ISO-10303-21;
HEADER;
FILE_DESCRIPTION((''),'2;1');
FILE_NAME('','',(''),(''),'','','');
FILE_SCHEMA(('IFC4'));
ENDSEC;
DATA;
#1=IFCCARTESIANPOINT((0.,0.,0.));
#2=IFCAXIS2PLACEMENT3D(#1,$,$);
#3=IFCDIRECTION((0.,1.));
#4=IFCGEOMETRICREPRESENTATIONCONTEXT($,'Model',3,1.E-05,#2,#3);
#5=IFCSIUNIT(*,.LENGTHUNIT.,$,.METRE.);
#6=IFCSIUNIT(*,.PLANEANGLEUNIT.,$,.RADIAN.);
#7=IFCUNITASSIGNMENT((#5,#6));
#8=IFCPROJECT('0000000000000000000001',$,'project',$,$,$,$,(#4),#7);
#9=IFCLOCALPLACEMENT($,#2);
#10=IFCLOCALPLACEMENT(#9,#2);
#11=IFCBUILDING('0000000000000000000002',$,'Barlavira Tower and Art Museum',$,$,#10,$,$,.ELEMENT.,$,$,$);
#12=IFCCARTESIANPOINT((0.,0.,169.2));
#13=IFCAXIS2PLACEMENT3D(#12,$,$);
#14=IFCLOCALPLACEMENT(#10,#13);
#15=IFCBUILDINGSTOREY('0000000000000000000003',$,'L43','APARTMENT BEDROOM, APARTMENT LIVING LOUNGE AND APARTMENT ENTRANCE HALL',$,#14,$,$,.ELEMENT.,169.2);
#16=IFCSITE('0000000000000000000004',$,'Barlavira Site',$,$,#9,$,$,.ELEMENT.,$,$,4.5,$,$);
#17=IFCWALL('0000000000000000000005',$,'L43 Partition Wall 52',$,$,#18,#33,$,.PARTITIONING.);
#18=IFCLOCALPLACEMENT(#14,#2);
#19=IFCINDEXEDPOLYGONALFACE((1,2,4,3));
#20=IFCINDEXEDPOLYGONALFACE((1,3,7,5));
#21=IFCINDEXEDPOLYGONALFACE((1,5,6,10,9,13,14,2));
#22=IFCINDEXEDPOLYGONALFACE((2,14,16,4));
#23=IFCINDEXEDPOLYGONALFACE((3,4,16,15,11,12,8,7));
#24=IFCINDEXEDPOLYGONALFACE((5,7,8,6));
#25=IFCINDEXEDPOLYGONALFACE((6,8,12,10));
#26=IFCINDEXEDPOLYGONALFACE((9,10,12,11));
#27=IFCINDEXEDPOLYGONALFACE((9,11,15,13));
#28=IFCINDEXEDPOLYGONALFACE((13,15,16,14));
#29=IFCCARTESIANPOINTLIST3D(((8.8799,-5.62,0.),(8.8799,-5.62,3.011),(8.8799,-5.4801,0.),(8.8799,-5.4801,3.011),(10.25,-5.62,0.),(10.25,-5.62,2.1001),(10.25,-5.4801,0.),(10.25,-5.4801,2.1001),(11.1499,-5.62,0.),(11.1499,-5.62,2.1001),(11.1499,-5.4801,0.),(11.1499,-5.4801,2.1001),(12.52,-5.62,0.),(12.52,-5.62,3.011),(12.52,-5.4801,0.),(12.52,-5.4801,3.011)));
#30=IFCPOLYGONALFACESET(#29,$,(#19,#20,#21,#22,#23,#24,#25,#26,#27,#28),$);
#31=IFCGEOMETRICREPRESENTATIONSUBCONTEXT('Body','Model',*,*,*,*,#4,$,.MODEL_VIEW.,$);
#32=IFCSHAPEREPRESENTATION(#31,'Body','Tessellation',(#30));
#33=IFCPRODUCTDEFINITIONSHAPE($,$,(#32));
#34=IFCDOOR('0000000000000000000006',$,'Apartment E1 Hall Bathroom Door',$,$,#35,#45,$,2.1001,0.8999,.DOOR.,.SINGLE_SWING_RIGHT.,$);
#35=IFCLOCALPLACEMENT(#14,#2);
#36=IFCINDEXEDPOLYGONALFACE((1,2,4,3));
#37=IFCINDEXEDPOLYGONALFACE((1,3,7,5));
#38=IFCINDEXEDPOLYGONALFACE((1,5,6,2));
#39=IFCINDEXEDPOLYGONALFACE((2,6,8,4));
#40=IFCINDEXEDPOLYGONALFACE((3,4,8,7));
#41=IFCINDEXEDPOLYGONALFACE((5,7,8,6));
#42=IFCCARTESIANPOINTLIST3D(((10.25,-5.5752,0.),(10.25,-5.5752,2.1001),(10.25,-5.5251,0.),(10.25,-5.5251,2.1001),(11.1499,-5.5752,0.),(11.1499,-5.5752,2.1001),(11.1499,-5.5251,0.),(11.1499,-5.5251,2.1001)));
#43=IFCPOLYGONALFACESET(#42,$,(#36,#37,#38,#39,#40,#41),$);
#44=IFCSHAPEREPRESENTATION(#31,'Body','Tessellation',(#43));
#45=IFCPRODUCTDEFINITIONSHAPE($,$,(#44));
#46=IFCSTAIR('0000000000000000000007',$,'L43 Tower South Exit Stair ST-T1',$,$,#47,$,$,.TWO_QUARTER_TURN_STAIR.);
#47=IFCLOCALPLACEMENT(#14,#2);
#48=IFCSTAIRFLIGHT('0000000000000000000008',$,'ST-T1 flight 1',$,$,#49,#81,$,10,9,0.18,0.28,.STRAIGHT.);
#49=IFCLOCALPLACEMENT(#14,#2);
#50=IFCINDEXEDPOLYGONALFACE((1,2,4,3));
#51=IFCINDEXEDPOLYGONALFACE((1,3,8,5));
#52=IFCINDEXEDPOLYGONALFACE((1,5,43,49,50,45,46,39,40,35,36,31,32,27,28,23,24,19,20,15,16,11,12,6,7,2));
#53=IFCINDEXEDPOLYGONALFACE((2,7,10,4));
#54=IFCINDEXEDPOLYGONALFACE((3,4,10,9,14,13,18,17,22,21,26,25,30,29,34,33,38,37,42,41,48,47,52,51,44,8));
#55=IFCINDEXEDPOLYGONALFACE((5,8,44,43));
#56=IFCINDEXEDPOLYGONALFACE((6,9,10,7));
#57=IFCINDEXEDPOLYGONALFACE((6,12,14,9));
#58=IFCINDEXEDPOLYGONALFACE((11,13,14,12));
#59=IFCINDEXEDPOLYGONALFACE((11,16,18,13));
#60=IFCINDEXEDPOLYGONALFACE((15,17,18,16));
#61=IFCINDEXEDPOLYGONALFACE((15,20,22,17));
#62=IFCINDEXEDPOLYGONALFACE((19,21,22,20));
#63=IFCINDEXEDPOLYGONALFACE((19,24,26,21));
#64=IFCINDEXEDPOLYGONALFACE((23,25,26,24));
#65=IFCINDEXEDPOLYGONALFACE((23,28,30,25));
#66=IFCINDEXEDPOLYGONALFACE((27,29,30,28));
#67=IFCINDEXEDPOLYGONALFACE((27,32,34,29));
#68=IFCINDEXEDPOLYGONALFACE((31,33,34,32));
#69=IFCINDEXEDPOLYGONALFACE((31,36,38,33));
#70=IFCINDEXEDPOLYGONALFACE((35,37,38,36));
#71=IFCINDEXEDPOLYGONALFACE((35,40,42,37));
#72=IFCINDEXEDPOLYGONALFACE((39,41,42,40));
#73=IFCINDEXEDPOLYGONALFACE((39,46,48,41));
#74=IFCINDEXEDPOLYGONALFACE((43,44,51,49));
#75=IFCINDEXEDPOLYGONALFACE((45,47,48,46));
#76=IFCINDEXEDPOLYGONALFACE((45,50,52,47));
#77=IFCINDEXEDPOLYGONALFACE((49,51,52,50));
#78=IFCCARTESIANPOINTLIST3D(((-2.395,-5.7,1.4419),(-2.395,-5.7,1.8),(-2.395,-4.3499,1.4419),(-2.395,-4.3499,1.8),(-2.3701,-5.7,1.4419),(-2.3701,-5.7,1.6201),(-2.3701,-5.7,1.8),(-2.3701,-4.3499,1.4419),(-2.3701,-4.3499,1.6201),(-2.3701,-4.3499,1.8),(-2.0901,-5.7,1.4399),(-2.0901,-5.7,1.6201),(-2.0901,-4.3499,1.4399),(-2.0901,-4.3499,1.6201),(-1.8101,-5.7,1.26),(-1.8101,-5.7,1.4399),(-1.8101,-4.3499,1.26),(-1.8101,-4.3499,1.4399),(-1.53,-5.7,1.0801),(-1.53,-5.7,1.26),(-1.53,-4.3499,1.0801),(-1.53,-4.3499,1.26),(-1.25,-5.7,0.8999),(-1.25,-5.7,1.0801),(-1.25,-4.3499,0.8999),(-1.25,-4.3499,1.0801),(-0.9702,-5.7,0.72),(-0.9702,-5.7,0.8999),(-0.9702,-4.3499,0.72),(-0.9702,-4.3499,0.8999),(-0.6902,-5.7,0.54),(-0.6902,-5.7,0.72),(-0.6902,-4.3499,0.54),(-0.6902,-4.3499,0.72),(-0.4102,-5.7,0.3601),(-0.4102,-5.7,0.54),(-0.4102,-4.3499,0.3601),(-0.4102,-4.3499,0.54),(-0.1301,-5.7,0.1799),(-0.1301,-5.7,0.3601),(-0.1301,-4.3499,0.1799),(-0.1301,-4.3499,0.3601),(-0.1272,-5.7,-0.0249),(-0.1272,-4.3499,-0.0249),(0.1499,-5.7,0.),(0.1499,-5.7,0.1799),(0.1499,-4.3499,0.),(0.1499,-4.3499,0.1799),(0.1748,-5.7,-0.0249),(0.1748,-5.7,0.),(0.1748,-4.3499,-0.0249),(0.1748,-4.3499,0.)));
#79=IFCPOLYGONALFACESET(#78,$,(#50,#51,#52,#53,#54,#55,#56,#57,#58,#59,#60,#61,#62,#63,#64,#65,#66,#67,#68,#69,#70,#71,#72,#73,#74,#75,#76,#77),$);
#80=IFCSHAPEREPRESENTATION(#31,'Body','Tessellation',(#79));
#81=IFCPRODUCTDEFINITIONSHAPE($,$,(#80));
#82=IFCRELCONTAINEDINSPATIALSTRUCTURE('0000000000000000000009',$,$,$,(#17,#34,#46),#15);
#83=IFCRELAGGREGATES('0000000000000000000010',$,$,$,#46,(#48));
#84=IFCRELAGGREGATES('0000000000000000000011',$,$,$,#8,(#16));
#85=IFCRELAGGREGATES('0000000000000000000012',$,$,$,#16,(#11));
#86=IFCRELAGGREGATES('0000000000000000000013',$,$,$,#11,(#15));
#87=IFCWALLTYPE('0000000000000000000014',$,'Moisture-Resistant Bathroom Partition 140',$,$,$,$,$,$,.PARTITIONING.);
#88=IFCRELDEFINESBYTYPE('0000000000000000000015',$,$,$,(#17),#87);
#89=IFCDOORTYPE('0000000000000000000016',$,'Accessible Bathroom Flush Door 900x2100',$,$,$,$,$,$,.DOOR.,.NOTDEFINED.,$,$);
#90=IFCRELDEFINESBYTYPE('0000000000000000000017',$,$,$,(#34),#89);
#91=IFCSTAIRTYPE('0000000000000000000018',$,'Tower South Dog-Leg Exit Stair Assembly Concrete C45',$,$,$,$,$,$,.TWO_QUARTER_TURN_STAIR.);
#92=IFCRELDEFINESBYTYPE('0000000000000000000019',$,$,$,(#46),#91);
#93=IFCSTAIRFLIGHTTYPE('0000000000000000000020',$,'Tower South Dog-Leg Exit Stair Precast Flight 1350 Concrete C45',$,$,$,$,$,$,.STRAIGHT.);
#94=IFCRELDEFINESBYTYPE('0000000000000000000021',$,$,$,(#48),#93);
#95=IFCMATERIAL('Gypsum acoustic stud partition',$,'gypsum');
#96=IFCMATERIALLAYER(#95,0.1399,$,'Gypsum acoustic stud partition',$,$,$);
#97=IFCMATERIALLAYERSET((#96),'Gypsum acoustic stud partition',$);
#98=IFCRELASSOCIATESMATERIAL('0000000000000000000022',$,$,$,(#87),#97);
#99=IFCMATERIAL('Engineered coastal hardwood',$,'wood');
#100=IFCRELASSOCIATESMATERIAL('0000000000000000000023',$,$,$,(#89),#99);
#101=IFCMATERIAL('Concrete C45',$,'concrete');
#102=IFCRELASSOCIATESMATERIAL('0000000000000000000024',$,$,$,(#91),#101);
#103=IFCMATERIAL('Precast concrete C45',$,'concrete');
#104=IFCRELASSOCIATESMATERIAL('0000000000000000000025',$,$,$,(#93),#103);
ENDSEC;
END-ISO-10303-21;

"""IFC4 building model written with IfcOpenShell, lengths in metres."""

from ifc_helpers import new_model, si_unit, direction, frame, frame_2d, origin, place, context, subcontext, project, spatial, polyline, rectangle, outline, extrude, material, layer, layer_set, type_object, element, fill, aggregate, save


model = new_model("IFC4")

# Units and contexts
model_context = context("Model", 3, precision=1e-05, world=origin(), true_north=direction((0.0, 1.0)))
body_context = subcontext(model_context, "Body", "Model", "MODEL_VIEW")
ifc_project = project(units=[si_unit("LENGTHUNIT", "METRE"), si_unit("PLANEANGLEUNIT", "RADIAN")], contexts=[model_context])

# Site, building, storey
site_placement = place(None, origin())
site = spatial("IfcSite", under=ifc_project, at=site_placement, Name="Barlavira Site", CompositionType="ELEMENT", RefElevation=4.5)
building_placement = place(site_placement, origin())
building = spatial("IfcBuilding", under=site, at=building_placement, Name="Barlavira Tower and Art Museum", CompositionType="ELEMENT")
storey_placement = place(building_placement, frame((0.0, 0.0, 169.2)))
storey = spatial("IfcBuildingStorey", under=building, at=storey_placement, Name="L43", Description="APARTMENT BEDROOM, APARTMENT LIVING LOUNGE AND APARTMENT ENTRANCE HALL", CompositionType="ELEMENT", Elevation=169.2)

# Shared definitions
ifc_material_1 = material(Name="Gypsum acoustic stud partition", Category="gypsum")
ifc_material_2 = material(Name="Engineered coastal hardwood", Category="wood")

# Wall, opening, door
ifc_layer_1 = layer(ifc_material_1, 0.1399, Name="Gypsum acoustic stud partition")
ifc_layer_set_1 = layer_set([ifc_layer_1], Name="Gypsum acoustic stud partition")
wall_type_1 = type_object("IfcWallType", Name="Moisture-Resistant Bathroom Partition 140", PredefinedType="PARTITIONING", material=ifc_layer_set_1)
wall_1_placement = place(storey_placement, frame((8.8799, -5.55, 0.0), z_axis=(0.0, 0.0, 1.0), x_axis=(1.0, 0.0, 0.0)))
wall_1 = element("IfcWall", 1, at=wall_1_placement, inside=storey, type_object=wall_type_1, Name="L43 Partition Wall 52", PredefinedType="PARTITIONING", context=body_context, shape_type="SweptSolid", body=[
    extrude(rectangle(XDim=3.6401, YDim=0.1399, at=frame_2d((1.8201, 0.0))), origin(), (0.0, 0.0, 1.0), 3.011),
])
opening_1_placement = place(wall_1_placement, frame((1.3701, 0.0, 0.0)))
opening_1 = element("IfcOpeningElement", 2, at=opening_1_placement, cuts=wall_1, PredefinedType="OPENING", context=body_context, shape_type="SweptSolid", body=[
    extrude(rectangle(XDim=0.8999, YDim=2.1001, at=frame_2d((0.45, 1.05))), frame((0.0, 0.0801, 0.0), z_axis=(0.0, -1.0, 0.0), x_axis=(1.0, 0.0, 0.0)), (0.0, 0.0, 1.0), 0.1599),
])
door_type_1 = type_object("IfcDoorType", Name="Accessible Bathroom Flush Door 900x2100", OperationType="NOTDEFINED", PredefinedType="DOOR", material=ifc_material_2)
door_1_placement = place(opening_1_placement, origin())
door_1 = element("IfcDoor", 3, at=door_1_placement, inside=storey, type_object=door_type_1, Name="Apartment E1 Hall Bathroom Door", OperationType="SINGLE_SWING_RIGHT", OverallHeight=2.1001, OverallWidth=0.8999, PredefinedType="DOOR", context=body_context, shape_type="SweptSolid", body=[
    extrude(rectangle(XDim=0.8999, YDim=2.1001, at=frame_2d((0.45, 1.05))), frame((0.0, 0.0249, 0.0), z_axis=(0.0, -1.0, 0.0), x_axis=(1.0, 0.0, 0.0)), (0.0, 0.0, 1.0), 0.05),
])
fill(opening_1, door_1)

# Stair, stair flight
ifc_material_3 = material(Name="Concrete C45", Category="concrete")
stair_type = type_object("IfcStairType", Name="Tower South Dog-Leg Exit Stair Assembly Concrete C45", PredefinedType="TWO_QUARTER_TURN_STAIR", material=ifc_material_3)
stair_placement = place(storey_placement, origin())
stair = element("IfcStair", 4, at=stair_placement, inside=storey, type_object=stair_type, Name="L43 Tower South Exit Stair ST-T1", PredefinedType="TWO_QUARTER_TURN_STAIR")
ifc_material_4 = material(Name="Precast concrete C45", Category="concrete")
stair_flight_type = type_object("IfcStairFlightType", Name="Tower South Dog-Leg Exit Stair Precast Flight 1350 Concrete C45", PredefinedType="STRAIGHT", material=ifc_material_4)
stair_flight_placement = place(storey_placement, frame((0.1499, -5.0249, 0.0), z_axis=(0.0, 0.0, 1.0), x_axis=(-1.0, 0.0, 0.0)))
stair_flight = element("IfcStairFlight", 5, at=stair_flight_placement, type_object=stair_flight_type, Name="ST-T1 flight 1", NumberOfRisers=10, NumberOfTreads=9, PredefinedType="STRAIGHT", RiserHeight=0.18, TreadLength=0.28, context=body_context, shape_type="SweptSolid", body=[
    extrude(outline(polyline([(-0.0249, 0.0), (0.0, 0.0), (0.0, 0.1799), (0.28, 0.1799), (0.28, 0.3601), (0.5601, 0.3601), (0.5601, 0.54), (0.8401, 0.54), (0.8401, 0.72), (1.1201, 0.72), (1.1201, 0.8999), (1.3999, 0.8999), (1.3999, 1.0801), (1.6799, 1.0801), (1.6799, 1.26), (1.96, 1.26), (1.96, 1.4399), (2.24, 1.4399), (2.24, 1.6201), (2.52, 1.6201), (2.52, 1.8), (2.5449, 1.8), (2.5449, 1.4419), (2.52, 1.4419), (0.2771, -0.0249), (-0.0249, -0.0249), (-0.0249, 0.0)])), frame((0.0, 0.675, 0.0), z_axis=(0.0, -1.0, 0.0), x_axis=(1.0, 0.0, 0.0)), (0.0, 0.0, 1.0), 1.3501),
])
aggregate(stair, [stair_flight])

save(model, "model.ifc")
